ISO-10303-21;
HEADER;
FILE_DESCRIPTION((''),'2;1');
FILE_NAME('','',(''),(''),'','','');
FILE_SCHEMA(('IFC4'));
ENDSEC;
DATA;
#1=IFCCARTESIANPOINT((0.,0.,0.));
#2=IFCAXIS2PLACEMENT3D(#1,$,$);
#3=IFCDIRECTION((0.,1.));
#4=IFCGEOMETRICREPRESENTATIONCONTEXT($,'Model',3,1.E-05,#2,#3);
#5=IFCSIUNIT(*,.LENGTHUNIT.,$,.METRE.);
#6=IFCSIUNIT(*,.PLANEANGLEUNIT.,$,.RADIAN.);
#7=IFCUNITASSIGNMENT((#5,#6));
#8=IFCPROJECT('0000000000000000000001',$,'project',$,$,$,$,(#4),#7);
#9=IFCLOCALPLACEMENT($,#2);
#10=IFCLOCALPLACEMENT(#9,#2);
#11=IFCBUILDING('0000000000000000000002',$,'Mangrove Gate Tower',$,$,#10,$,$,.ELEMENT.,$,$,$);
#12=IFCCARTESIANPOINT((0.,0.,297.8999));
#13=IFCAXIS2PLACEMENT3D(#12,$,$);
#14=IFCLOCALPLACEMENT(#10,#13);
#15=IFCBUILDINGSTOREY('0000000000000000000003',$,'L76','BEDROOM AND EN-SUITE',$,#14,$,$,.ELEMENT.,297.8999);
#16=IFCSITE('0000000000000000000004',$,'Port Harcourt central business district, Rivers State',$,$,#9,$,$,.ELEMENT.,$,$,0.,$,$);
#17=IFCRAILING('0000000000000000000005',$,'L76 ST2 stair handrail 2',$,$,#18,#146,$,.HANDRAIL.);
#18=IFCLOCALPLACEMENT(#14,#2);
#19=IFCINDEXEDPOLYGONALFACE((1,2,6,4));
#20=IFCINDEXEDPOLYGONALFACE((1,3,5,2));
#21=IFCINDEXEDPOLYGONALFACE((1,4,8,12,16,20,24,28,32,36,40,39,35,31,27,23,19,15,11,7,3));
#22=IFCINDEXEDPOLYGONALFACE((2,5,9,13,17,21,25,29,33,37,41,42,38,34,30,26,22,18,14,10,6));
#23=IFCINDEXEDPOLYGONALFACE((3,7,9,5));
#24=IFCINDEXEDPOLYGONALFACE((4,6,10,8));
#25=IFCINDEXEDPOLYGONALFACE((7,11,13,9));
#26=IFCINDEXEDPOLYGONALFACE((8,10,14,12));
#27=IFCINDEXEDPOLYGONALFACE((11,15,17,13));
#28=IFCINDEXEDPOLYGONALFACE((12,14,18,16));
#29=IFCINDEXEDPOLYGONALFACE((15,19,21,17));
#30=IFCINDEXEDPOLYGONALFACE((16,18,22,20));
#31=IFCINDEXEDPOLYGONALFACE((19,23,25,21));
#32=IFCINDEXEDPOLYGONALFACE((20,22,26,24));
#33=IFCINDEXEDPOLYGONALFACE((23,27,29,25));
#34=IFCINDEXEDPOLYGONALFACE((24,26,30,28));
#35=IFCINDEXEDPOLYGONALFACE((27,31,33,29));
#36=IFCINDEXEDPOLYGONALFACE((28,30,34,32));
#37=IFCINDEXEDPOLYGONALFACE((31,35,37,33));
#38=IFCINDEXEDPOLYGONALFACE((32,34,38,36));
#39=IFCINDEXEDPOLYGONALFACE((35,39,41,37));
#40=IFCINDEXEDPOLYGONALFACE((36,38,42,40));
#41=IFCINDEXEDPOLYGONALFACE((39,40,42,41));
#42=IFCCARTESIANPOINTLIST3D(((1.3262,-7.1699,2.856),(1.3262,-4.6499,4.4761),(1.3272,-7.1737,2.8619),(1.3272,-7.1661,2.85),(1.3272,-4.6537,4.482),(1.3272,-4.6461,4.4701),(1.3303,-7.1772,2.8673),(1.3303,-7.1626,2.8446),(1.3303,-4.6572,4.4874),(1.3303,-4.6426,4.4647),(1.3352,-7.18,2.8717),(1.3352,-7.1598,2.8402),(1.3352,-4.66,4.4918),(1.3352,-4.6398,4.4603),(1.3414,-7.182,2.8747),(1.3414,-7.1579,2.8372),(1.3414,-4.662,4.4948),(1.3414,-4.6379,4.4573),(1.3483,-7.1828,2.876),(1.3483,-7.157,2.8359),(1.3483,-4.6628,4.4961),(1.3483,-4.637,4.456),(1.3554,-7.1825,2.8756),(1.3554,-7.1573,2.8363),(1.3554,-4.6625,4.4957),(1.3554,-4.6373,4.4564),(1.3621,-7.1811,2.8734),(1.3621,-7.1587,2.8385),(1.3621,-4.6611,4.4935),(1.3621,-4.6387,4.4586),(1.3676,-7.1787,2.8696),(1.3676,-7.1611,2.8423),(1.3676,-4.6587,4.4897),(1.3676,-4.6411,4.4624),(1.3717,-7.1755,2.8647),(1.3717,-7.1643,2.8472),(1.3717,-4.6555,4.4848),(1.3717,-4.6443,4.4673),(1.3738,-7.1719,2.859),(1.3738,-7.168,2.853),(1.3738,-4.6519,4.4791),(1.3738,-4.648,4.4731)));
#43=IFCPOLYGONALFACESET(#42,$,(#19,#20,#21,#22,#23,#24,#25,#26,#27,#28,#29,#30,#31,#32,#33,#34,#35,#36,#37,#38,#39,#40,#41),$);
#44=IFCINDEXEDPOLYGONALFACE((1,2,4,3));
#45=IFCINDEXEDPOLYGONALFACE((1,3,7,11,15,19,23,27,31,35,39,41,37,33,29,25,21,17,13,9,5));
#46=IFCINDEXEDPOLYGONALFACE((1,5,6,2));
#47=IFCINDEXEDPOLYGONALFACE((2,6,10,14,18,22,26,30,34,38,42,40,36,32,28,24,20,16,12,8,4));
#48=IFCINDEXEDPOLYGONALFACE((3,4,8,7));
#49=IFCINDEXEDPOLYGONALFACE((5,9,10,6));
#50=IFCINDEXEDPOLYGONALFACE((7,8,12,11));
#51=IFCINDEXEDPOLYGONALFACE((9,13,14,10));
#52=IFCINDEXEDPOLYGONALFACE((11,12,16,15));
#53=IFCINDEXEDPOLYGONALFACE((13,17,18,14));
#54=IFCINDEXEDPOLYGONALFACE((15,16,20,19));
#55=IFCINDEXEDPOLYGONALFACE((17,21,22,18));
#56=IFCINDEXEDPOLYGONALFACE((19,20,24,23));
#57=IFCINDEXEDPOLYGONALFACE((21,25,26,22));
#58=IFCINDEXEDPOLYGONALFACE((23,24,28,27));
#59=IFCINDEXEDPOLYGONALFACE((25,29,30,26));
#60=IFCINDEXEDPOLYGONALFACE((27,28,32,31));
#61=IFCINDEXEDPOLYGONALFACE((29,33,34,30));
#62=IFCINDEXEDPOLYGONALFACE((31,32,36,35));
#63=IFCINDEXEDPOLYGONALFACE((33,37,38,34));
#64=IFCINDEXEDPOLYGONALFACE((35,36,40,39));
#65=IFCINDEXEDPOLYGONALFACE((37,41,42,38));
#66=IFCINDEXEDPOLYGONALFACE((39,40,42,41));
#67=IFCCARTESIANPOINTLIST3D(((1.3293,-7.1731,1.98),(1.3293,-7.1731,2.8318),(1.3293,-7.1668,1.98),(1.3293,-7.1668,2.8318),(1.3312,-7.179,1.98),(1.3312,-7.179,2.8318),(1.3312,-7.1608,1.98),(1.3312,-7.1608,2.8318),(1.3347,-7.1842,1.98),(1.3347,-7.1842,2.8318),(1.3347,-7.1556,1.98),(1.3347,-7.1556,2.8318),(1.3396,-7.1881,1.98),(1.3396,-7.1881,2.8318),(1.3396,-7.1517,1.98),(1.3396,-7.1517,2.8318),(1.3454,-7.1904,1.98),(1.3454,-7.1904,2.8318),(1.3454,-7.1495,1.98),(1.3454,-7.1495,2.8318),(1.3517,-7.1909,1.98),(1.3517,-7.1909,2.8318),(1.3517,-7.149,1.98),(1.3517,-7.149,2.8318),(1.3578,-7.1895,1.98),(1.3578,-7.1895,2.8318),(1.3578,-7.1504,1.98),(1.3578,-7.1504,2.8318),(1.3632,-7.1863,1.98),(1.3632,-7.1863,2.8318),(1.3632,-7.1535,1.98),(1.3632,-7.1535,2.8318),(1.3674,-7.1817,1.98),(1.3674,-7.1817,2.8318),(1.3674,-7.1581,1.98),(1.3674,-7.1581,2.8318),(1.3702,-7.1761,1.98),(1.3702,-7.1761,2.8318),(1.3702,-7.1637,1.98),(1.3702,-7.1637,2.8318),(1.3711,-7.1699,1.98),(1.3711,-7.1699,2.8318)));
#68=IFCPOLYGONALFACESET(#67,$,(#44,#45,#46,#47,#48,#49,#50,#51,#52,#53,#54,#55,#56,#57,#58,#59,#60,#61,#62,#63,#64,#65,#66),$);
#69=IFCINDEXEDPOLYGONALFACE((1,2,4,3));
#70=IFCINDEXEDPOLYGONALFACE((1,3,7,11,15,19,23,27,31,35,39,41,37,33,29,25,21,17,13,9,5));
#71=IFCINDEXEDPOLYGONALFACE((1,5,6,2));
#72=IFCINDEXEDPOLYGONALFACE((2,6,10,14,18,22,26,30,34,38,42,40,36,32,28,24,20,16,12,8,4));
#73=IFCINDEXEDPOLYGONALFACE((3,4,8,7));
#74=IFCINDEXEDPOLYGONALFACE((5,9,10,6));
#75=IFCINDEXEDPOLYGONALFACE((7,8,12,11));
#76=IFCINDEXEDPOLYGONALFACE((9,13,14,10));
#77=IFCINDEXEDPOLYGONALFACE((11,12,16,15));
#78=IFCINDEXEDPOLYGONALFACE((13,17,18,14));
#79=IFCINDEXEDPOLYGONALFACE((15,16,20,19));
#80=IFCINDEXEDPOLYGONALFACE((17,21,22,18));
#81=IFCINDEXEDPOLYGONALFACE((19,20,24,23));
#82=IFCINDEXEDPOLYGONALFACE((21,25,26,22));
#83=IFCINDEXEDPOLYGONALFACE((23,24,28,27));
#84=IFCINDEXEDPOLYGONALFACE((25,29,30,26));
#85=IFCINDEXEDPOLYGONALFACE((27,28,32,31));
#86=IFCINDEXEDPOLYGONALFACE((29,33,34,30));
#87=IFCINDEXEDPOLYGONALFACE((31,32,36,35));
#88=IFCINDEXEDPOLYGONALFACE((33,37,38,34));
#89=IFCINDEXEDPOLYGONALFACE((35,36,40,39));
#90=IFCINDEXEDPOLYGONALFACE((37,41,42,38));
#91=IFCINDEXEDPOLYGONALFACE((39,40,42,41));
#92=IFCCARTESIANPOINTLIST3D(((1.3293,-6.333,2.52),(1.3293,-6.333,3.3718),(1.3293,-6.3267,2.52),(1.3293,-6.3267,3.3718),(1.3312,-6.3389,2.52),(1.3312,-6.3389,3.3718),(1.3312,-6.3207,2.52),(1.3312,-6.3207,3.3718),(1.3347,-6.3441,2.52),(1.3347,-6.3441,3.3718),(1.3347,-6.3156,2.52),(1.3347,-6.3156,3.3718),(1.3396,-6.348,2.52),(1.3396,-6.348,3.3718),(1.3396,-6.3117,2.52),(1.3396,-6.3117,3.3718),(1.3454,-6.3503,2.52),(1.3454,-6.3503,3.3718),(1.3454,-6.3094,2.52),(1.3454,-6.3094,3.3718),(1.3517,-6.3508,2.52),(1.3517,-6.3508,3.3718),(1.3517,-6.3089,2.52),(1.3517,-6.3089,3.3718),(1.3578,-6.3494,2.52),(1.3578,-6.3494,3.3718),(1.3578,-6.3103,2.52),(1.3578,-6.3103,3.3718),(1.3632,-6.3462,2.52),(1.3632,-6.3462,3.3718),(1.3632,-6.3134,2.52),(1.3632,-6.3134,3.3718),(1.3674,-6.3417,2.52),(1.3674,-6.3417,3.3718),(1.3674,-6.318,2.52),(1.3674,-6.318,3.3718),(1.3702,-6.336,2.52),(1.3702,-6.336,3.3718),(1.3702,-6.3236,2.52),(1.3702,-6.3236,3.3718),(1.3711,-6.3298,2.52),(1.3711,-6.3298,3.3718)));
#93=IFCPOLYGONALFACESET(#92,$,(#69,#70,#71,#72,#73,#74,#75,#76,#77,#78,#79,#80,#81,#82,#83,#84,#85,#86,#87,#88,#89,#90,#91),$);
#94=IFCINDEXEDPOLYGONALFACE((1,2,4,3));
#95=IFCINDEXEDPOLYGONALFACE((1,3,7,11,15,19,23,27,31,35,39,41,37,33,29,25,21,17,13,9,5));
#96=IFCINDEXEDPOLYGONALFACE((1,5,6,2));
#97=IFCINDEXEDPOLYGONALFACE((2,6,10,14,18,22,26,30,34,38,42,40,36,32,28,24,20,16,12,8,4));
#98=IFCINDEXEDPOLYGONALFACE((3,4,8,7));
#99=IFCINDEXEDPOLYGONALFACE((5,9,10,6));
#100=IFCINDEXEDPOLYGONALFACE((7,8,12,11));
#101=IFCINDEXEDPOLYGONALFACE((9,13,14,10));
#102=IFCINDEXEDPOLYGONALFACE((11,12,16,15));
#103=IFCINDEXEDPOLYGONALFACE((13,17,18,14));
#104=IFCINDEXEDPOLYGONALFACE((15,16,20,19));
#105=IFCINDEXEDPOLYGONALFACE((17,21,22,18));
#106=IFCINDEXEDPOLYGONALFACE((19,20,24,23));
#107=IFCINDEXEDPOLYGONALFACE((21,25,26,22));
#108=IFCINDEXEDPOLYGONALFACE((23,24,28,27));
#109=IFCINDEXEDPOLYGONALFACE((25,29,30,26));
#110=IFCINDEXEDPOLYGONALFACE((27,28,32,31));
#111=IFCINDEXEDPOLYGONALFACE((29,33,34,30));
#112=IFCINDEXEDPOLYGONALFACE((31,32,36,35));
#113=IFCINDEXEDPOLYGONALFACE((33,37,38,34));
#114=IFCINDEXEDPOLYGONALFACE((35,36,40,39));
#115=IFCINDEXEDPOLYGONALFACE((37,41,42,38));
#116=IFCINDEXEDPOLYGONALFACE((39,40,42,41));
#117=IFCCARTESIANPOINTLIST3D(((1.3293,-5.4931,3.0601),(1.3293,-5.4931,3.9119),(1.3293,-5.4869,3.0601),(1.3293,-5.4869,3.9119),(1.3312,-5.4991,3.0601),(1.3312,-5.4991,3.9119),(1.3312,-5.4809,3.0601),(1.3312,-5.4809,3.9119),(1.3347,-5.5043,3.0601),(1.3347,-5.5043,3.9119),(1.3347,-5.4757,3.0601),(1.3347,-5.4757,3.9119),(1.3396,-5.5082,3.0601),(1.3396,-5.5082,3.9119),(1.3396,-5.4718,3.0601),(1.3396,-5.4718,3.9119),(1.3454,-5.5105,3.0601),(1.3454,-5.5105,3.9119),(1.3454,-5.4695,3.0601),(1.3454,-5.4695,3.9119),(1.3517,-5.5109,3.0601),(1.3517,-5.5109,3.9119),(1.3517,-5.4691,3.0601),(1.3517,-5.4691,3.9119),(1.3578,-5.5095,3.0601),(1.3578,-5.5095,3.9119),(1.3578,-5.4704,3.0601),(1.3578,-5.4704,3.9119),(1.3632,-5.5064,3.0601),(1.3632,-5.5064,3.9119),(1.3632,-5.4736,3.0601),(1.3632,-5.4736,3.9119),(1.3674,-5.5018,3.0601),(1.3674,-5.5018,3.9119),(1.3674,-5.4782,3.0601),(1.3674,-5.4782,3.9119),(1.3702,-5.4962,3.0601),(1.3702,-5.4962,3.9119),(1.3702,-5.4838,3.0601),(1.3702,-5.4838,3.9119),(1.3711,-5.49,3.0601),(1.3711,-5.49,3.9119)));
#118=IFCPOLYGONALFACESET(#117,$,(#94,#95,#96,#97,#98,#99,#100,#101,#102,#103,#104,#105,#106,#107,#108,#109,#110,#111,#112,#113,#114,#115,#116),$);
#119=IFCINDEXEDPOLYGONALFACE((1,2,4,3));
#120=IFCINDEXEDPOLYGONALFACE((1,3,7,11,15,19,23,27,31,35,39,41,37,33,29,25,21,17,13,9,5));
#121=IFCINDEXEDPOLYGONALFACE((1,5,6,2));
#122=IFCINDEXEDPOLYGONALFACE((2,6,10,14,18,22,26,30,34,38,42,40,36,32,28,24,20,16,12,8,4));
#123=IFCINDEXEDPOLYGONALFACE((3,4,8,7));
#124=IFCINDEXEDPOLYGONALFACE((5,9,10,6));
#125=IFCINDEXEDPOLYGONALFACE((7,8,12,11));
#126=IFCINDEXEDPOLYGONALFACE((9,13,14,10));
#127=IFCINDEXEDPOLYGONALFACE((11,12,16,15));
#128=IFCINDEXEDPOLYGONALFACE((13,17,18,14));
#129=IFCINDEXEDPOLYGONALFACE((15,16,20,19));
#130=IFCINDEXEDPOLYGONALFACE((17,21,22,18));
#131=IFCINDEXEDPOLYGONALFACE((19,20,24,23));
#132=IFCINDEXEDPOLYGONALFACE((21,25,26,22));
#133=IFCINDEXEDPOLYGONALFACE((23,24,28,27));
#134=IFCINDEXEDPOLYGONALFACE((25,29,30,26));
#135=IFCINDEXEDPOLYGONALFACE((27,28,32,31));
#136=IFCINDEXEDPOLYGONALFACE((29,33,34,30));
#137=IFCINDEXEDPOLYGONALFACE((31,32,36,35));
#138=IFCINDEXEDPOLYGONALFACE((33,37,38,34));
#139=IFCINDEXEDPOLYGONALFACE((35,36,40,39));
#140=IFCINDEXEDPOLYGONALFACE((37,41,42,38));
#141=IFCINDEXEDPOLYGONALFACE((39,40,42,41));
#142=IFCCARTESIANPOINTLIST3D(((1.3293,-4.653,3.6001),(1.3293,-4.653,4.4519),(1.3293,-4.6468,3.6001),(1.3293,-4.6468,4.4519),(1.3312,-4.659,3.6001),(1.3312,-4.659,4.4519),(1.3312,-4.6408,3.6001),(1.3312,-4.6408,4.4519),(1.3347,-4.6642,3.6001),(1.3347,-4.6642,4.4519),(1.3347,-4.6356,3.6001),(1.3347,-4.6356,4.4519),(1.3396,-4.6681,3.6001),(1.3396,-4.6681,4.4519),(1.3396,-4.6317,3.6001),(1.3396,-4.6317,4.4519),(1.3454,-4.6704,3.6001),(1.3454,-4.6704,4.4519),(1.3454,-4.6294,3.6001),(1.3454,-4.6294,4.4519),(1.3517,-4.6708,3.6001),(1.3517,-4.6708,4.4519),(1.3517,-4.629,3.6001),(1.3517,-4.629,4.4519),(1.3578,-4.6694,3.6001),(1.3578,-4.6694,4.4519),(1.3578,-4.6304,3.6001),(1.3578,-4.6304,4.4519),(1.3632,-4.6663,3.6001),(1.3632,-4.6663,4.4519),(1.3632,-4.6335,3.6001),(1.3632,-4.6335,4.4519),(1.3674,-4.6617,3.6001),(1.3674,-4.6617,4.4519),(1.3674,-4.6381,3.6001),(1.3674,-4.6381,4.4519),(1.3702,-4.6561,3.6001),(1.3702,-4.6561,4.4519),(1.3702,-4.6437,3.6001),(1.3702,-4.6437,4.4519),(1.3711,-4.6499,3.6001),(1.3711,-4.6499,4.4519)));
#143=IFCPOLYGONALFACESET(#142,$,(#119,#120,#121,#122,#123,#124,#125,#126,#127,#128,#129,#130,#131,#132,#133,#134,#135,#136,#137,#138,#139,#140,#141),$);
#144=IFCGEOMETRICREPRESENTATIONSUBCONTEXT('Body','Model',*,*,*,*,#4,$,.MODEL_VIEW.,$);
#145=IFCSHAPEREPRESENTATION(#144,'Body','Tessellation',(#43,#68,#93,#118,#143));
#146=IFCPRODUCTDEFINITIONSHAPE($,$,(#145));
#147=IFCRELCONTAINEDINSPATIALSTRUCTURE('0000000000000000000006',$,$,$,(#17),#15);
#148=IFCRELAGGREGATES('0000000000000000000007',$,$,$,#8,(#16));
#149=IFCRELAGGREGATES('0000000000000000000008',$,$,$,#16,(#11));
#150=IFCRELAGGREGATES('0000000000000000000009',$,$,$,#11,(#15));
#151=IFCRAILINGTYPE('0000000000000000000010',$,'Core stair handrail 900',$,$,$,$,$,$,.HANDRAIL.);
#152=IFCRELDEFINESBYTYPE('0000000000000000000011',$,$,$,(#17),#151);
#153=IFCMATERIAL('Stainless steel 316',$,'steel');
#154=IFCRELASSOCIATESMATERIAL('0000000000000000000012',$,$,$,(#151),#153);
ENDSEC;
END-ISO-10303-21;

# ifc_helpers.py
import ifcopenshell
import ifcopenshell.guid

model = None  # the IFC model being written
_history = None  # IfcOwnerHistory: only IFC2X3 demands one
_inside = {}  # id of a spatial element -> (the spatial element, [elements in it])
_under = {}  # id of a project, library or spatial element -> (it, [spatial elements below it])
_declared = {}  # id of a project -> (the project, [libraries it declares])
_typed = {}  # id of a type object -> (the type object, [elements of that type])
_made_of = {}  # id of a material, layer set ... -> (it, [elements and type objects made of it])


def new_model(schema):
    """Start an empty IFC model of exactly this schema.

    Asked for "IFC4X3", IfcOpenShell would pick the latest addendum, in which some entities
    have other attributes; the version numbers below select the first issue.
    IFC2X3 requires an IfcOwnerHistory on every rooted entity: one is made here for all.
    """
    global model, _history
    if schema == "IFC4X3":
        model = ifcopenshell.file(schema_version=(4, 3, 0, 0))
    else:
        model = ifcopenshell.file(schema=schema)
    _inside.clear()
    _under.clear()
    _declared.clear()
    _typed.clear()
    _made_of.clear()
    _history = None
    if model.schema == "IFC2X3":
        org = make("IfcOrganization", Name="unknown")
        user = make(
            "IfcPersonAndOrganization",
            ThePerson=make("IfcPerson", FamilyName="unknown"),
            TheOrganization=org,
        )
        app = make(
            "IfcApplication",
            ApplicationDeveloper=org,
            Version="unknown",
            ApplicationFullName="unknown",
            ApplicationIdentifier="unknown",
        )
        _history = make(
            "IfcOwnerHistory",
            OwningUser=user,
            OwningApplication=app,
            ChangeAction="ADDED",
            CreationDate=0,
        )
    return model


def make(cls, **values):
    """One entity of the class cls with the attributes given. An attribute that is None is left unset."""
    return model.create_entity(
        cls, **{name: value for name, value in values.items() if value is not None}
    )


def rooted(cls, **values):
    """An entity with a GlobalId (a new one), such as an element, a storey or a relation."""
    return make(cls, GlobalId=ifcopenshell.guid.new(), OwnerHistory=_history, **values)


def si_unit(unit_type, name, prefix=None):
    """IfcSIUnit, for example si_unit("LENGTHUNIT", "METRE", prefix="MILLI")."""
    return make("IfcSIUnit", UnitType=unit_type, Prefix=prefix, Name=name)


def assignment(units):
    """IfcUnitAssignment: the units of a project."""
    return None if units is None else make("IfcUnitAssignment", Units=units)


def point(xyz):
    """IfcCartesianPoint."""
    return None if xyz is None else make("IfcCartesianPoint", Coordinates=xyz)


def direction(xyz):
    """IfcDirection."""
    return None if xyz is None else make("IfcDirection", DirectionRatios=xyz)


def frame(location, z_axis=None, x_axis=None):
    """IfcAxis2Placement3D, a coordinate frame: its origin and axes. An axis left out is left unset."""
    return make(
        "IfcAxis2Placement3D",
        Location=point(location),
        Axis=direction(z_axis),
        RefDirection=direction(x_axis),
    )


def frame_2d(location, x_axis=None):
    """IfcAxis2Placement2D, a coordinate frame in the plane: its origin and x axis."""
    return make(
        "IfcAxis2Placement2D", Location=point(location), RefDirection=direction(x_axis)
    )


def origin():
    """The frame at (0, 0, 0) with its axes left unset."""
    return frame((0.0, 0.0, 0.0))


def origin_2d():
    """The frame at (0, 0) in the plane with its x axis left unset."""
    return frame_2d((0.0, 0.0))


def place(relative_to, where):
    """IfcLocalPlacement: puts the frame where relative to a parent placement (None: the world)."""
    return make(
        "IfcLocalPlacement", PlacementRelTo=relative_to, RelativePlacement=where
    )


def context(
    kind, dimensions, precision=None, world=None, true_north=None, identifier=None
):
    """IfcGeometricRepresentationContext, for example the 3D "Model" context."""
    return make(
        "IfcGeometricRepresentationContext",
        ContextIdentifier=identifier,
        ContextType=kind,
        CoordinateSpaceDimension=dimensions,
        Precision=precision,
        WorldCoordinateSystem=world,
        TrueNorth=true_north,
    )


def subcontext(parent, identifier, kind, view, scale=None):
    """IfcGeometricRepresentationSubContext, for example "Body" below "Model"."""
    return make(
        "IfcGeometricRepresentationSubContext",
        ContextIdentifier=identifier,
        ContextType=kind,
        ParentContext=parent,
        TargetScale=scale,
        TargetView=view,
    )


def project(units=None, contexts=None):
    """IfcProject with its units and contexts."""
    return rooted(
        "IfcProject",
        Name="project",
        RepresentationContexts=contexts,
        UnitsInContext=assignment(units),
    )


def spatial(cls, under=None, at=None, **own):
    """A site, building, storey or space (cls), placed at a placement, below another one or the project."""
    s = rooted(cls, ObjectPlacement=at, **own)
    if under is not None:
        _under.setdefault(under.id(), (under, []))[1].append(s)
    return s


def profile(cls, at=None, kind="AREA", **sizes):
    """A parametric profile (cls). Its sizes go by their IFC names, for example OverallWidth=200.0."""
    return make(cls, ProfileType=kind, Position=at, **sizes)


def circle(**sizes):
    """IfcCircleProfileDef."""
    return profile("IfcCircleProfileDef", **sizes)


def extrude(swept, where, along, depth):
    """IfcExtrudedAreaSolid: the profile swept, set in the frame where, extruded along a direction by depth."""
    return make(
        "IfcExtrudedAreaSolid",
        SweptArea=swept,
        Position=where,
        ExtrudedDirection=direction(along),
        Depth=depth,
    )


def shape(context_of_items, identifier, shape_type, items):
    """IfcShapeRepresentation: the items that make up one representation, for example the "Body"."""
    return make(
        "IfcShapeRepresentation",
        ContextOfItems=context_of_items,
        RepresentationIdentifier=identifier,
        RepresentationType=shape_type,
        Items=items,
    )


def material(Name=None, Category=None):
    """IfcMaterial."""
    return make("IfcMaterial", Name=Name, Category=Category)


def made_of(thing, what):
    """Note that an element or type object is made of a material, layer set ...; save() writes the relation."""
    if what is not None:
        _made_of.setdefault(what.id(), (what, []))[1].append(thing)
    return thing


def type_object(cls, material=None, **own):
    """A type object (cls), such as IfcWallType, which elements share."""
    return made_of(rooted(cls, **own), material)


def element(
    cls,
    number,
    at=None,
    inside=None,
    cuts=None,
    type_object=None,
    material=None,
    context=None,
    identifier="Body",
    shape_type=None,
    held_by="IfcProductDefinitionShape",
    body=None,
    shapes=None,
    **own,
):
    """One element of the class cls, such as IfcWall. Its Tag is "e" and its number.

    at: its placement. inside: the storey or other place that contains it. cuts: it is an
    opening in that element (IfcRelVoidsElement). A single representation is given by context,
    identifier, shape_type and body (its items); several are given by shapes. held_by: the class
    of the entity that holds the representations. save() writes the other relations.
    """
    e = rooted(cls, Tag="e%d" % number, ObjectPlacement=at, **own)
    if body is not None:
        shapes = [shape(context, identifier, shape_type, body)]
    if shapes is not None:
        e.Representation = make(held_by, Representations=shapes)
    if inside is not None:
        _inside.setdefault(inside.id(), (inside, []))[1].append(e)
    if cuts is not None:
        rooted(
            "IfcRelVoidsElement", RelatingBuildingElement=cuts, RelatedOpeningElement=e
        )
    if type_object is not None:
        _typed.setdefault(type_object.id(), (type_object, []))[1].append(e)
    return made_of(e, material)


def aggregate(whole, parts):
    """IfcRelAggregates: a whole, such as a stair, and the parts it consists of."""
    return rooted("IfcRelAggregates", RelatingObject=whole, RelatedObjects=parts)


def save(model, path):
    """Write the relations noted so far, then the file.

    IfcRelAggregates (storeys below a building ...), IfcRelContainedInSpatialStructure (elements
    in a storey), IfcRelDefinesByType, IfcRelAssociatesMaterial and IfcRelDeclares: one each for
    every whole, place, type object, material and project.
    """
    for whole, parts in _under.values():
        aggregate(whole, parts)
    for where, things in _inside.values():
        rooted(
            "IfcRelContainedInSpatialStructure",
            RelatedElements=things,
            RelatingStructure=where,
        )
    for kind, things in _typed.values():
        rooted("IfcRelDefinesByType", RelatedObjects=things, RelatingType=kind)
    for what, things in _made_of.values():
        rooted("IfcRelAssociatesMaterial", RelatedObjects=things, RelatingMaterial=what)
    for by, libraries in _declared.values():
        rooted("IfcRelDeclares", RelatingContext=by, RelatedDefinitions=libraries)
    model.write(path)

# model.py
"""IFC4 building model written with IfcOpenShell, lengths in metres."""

from ifc_helpers import new_model, si_unit, direction, frame, origin, origin_2d, place, context, subcontext, project, spatial, circle, extrude, material, type_object, element, save


model = new_model("IFC4")

# Units and contexts
model_context = context("Model", 3, precision=1e-05, world=origin(), true_north=direction((0.0, 1.0)))
body_context = subcontext(model_context, "Body", "Model", "MODEL_VIEW")
ifc_project = project(units=[si_unit("LENGTHUNIT", "METRE"), si_unit("PLANEANGLEUNIT", "RADIAN")], contexts=[model_context])

# Site, building, storey
site_placement = place(None, origin())
site = spatial("IfcSite", under=ifc_project, at=site_placement, Name="Port Harcourt central business district, Rivers State", CompositionType="ELEMENT", RefElevation=0.0)
building_placement = place(site_placement, origin())
building = spatial("IfcBuilding", under=site, at=building_placement, Name="Mangrove Gate Tower", CompositionType="ELEMENT")
storey_placement = place(building_placement, frame((0.0, 0.0, 297.8999)))
storey = spatial("IfcBuildingStorey", under=building, at=storey_placement, Name="L76", Description="BEDROOM AND EN-SUITE", CompositionType="ELEMENT", Elevation=297.8999)

# Railing
ifc_material_1 = material(Name="Stainless steel 316", Category="steel")
railing_type_1 = type_object("IfcRailingType", Name="Core stair handrail 900", PredefinedType="HANDRAIL", material=ifc_material_1)
railing_1_placement = place(storey_placement, frame((1.3501, -7.1699, 1.98)))
element("IfcRailing", 1, at=railing_1_placement, inside=storey, type_object=railing_type_1, Name="L76 ST2 stair handrail 2", PredefinedType="HANDRAIL", context=body_context, shape_type="SweptSolid", body=[
    extrude(circle(Radius=0.0239, at=origin_2d()), frame((0.0, 0.0, 0.876), z_axis=(0.0, 0.841163, 0.540782), x_axis=(-1.0, 0.0, 0.0)), (0.0, 0.0, 1.0), 2.9958),
    extrude(circle(Radius=0.021, at=origin_2d()), origin(), (0.0, 0.0, 1.0), 0.8518),
    extrude(circle(Radius=0.021, at=origin_2d()), frame((0.0, 0.8401, 0.54)), (0.0, 0.0, 1.0), 0.8518),
    extrude(circle(Radius=0.021, at=origin_2d()), frame((0.0, 1.6799, 1.0801)), (0.0, 0.0, 1.0), 0.8518),
    extrude(circle(Radius=0.021, at=origin_2d()), frame((0.0, 2.52, 1.6201)), (0.0, 0.0, 1.0), 0.8518),
])

save(model, "model.ifc")
